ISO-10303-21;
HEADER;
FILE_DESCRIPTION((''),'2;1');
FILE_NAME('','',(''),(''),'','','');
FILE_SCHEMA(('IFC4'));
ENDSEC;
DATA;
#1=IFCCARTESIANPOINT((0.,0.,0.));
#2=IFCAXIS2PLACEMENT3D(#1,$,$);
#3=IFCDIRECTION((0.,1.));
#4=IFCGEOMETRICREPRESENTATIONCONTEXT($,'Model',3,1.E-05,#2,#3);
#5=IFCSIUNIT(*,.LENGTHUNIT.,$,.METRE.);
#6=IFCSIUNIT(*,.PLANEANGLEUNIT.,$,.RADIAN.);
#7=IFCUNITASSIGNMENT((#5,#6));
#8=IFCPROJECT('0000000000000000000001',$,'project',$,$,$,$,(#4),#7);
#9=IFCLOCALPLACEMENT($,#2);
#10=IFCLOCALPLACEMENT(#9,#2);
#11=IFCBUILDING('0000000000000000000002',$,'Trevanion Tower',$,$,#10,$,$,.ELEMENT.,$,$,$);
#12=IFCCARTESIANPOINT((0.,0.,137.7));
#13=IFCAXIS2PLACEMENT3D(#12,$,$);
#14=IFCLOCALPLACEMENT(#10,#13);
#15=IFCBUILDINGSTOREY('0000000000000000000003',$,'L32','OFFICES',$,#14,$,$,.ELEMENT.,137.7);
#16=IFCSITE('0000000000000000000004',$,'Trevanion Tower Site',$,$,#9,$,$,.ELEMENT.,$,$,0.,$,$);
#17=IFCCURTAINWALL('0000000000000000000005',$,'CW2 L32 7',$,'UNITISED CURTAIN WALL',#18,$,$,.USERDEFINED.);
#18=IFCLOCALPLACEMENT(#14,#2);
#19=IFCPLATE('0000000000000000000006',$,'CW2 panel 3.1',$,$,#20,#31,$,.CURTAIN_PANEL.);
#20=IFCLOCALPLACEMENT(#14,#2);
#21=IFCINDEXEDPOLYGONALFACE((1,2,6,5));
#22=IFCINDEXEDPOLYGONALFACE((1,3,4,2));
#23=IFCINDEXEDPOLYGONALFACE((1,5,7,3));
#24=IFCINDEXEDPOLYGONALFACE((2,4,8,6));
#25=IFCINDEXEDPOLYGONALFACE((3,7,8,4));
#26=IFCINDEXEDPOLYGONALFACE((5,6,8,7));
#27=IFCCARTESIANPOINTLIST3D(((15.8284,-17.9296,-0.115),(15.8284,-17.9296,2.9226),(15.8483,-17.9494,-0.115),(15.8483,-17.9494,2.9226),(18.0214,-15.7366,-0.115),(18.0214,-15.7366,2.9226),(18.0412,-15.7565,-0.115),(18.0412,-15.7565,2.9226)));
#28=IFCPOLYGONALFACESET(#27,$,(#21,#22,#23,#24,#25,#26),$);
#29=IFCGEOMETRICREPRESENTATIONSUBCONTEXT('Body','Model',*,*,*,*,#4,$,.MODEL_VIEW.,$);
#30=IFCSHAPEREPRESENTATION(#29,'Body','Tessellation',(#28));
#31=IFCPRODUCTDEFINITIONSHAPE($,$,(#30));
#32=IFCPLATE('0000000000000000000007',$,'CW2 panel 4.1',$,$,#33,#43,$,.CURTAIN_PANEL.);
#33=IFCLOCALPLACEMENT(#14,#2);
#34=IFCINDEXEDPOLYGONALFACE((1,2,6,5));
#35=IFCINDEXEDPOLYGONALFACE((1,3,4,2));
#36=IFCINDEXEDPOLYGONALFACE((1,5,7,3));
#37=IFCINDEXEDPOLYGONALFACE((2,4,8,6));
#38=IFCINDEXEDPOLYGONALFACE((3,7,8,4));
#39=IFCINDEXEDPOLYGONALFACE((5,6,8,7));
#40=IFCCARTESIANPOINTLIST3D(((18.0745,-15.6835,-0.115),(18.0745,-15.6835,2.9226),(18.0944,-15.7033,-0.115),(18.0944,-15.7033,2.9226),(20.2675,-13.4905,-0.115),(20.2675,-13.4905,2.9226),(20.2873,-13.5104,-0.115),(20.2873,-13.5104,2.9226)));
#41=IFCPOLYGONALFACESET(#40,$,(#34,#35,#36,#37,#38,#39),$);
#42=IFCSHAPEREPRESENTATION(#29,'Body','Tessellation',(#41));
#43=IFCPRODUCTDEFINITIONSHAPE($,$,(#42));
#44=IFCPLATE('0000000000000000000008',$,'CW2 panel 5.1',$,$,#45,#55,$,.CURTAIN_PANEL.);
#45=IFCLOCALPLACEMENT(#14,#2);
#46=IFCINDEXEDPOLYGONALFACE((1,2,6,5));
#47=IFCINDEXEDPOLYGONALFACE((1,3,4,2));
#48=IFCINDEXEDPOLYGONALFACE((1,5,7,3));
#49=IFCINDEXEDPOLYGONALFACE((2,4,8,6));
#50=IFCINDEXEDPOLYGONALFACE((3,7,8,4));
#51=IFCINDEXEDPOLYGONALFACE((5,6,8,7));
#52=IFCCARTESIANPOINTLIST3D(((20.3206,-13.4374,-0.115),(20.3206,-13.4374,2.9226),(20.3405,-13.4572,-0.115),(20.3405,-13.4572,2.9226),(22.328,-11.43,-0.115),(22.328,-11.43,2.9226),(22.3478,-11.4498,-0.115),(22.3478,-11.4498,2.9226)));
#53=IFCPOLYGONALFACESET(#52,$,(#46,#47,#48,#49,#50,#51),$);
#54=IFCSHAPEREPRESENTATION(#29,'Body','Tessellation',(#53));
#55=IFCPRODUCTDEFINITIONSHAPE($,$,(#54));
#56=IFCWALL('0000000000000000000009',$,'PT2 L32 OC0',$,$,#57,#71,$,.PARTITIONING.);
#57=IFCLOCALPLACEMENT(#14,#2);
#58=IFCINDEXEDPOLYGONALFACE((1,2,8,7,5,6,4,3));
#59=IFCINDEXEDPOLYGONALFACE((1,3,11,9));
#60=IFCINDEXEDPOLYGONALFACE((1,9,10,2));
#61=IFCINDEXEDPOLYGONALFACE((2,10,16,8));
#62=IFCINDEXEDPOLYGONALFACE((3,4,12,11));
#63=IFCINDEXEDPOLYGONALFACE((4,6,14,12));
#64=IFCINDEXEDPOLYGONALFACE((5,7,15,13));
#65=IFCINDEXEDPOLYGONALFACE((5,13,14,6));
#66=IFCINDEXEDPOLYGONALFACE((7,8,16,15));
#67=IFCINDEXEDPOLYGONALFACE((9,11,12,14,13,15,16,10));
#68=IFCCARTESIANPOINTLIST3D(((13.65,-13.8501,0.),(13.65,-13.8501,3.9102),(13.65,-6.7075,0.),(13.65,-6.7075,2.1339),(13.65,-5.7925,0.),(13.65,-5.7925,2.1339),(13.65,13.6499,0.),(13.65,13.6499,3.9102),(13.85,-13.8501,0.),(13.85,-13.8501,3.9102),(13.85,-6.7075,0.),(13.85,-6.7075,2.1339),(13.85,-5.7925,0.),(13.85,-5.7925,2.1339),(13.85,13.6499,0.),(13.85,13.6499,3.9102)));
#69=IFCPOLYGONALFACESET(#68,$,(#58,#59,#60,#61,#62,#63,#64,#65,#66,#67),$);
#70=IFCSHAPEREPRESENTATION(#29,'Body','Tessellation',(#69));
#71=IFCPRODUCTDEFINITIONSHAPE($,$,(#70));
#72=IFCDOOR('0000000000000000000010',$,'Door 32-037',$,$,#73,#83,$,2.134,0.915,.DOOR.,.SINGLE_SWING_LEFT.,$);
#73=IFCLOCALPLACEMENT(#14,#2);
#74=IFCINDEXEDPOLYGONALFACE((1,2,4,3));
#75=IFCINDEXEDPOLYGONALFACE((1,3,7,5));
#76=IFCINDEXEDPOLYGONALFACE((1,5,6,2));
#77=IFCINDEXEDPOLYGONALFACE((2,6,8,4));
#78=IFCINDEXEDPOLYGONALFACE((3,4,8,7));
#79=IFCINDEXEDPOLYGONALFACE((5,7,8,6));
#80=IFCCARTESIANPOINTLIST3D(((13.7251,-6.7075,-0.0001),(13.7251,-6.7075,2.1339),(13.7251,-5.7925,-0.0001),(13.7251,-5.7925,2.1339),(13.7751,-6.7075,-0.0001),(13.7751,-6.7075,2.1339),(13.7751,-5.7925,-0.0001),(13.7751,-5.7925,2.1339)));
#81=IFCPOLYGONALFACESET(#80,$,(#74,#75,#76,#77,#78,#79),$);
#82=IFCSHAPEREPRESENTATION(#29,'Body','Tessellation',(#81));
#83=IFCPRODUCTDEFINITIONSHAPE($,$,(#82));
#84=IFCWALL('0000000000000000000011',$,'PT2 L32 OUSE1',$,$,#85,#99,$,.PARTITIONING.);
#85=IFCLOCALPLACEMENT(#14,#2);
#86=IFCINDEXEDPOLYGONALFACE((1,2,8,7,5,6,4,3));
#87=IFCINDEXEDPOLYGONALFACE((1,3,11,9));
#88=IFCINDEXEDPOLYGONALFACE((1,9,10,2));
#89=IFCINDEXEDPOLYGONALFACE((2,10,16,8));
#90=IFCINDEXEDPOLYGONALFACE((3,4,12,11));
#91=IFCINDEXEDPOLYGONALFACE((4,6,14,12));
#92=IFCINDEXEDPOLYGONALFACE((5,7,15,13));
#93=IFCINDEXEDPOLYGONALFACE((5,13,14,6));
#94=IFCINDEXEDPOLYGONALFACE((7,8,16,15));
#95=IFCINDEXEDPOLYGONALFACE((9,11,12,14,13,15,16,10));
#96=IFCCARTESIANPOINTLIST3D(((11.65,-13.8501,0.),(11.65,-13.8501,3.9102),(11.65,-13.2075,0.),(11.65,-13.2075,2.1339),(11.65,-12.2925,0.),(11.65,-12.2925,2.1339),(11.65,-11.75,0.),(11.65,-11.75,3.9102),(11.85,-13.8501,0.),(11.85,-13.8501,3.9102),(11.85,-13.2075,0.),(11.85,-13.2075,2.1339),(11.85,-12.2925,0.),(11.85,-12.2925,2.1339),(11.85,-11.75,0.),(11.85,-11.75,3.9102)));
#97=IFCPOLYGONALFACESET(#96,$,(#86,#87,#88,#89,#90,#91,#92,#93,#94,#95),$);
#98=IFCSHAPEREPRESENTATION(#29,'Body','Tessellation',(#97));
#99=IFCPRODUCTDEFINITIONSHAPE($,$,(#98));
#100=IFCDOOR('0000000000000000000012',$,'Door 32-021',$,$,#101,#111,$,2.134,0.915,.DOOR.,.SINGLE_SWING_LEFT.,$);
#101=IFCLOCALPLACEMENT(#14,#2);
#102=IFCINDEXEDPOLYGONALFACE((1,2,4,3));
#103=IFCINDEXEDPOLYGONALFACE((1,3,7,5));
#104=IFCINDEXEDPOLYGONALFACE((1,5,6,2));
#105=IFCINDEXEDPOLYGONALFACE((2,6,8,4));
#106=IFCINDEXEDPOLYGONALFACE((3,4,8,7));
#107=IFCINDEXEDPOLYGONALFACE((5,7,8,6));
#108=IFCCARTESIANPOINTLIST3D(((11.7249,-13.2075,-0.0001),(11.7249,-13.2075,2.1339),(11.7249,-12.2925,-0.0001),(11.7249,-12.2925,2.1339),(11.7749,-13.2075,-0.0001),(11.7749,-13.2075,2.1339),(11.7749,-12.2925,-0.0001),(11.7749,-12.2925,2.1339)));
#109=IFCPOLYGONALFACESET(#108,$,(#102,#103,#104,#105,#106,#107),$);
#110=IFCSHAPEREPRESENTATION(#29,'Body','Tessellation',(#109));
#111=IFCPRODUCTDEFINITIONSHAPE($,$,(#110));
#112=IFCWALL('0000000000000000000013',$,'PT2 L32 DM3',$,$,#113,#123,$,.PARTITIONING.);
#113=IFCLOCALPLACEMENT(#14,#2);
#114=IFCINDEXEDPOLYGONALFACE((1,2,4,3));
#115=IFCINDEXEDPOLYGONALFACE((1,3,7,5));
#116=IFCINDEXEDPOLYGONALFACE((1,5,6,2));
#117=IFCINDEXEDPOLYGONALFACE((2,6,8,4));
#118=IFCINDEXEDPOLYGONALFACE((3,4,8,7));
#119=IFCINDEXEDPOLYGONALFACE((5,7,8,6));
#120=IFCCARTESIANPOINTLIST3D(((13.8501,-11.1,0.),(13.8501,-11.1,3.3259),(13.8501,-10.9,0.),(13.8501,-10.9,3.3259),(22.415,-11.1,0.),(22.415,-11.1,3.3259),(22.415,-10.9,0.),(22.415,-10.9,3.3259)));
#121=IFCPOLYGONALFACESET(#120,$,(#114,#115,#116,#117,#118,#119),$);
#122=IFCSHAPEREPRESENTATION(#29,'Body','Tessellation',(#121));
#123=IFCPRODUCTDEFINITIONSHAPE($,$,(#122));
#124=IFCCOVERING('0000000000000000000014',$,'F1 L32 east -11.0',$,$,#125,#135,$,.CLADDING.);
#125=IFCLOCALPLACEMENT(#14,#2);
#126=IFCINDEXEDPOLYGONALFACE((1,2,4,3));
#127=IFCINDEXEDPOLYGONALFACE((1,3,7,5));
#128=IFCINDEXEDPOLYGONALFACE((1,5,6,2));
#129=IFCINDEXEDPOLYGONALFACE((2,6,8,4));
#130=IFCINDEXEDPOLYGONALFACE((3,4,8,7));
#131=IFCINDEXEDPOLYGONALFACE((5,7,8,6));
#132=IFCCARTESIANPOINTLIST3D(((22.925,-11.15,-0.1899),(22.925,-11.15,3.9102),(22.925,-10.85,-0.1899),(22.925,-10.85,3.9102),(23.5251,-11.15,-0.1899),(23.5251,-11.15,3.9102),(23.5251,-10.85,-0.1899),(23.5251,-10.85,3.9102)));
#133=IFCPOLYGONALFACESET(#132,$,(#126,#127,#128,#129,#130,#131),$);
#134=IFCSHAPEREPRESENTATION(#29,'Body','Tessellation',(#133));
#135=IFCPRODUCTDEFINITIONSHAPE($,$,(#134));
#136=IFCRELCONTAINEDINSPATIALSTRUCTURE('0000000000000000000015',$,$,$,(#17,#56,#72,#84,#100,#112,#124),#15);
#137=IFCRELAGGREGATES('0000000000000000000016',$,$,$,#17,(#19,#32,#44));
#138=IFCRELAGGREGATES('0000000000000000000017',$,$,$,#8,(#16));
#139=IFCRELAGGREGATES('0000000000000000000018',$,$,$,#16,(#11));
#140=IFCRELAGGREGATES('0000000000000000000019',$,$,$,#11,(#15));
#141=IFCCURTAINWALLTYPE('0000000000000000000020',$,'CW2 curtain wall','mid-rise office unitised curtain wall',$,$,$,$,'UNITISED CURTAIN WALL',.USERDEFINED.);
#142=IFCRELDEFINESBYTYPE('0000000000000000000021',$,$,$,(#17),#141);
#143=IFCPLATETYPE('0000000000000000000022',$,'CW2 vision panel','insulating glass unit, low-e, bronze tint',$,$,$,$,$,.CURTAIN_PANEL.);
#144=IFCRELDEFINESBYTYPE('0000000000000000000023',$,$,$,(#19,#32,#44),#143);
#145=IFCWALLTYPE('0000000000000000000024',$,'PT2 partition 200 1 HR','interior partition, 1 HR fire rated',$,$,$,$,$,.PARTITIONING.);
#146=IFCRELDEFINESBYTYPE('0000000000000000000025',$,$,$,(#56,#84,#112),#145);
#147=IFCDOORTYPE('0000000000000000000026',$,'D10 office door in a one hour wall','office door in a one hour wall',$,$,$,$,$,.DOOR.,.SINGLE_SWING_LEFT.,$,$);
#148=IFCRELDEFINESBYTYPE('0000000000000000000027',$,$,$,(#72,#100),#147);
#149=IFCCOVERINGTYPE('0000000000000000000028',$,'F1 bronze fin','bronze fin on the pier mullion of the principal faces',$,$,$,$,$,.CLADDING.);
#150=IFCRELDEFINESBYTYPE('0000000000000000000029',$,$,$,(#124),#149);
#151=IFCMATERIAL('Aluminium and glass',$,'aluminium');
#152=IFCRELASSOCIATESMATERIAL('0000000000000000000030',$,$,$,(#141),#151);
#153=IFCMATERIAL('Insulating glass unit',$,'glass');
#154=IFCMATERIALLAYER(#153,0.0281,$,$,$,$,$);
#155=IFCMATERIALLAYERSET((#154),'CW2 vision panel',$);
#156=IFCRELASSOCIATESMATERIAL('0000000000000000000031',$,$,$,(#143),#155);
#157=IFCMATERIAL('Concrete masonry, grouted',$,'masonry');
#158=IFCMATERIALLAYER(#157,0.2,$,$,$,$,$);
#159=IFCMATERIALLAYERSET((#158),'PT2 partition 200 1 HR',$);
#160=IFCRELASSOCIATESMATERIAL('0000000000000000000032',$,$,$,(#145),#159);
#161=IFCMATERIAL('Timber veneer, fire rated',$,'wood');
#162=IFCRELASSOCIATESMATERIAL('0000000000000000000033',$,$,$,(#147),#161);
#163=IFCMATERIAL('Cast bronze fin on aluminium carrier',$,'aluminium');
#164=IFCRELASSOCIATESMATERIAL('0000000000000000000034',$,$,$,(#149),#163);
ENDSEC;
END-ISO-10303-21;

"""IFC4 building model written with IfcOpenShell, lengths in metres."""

from ifc_helpers import new_model, si_unit, direction, frame, frame_2d, origin, origin_2d, place, context, subcontext, project, spatial, rectangle, extrude, material, layer, layer_set, type_object, element, fill, aggregate, save


model = new_model("IFC4")

# Units and contexts
model_context = context("Model", 3, precision=1e-05, world=origin(), true_north=direction((0.0, 1.0)))
body_context = subcontext(model_context, "Body", "Model", "MODEL_VIEW")
ifc_project = project(units=[si_unit("LENGTHUNIT", "METRE"), si_unit("PLANEANGLEUNIT", "RADIAN")], contexts=[model_context])

# Site, building, storey
site_placement = place(None, origin())
site = spatial("IfcSite", under=ifc_project, at=site_placement, Name="Trevanion Tower Site", CompositionType="ELEMENT", RefElevation=0.0)
building_placement = place(site_placement, origin())
building = spatial("IfcBuilding", under=site, at=building_placement, Name="Trevanion Tower", CompositionType="ELEMENT")
storey_placement = place(building_placement, frame((0.0, 0.0, 137.7)))
storey = spatial("IfcBuildingStorey", under=building, at=storey_placement, Name="L32", Description="OFFICES", CompositionType="ELEMENT", Elevation=137.7)

# Curtain wall
ifc_material_1 = material(Name="Aluminium and glass", Category="aluminium")
curtain_wall_type = type_object("IfcCurtainWallType", Name="CW2 curtain wall", Description="mid-rise office unitised curtain wall", ElementType="UNITISED CURTAIN WALL", PredefinedType="USERDEFINED", material=ifc_material_1)
curtain_wall_placement = place(storey_placement, origin())
curtain_wall = element("IfcCurtainWall", 1, at=curtain_wall_placement, inside=storey, type_object=curtain_wall_type, Name="CW2 L32 7", ObjectType="UNITISED CURTAIN WALL", PredefinedType="USERDEFINED")

# Plates
ifc_material_2 = material(Name="Insulating glass unit", Category="glass")
ifc_layer_1 = layer(ifc_material_2, 0.0281)
ifc_layer_set_1 = layer_set([ifc_layer_1], Name="CW2 vision panel")
plate_type_1 = type_object("IfcPlateType", Name="CW2 vision panel", Description="insulating glass unit, low-e, bronze tint", PredefinedType="CURTAIN_PANEL", material=ifc_layer_set_1)
plate_1_placement = place(storey_placement, frame((16.9348, -16.843, -0.115), z_axis=(0.0, 0.0, 1.0), x_axis=(0.707107, 0.707107, 0.0)))
plate_1 = element("IfcPlate", 2, at=plate_1_placement, type_object=plate_type_1, Name="CW2 panel 3.1", PredefinedType="CURTAIN_PANEL", context=body_context, shape_type="SweptSolid", body=[
    extrude(rectangle(XDim=3.1013, YDim=0.0281, at=origin_2d()), origin(), (0.0, 0.0, 1.0), 3.0376),
])
plate_2_placement = place(storey_placement, frame((19.1809, -14.5969, -0.115), z_axis=(0.0, 0.0, 1.0), x_axis=(0.707107, 0.707107, 0.0)))
plate_2 = element("IfcPlate", 3, at=plate_2_placement, type_object=plate_type_1, Name="CW2 panel 4.1", PredefinedType="CURTAIN_PANEL", context=body_context, shape_type="SweptSolid", body=[
    extrude(rectangle(XDim=3.1013, YDim=0.0281, at=origin_2d()), origin(), (0.0, 0.0, 1.0), 3.0376),
])
plate_3_placement = place(storey_placement, frame((21.3342, -12.4436, -0.115), z_axis=(0.0, 0.0, 1.0), x_axis=(0.707107, 0.707107, 0.0)))
plate_3 = element("IfcPlate", 4, at=plate_3_placement, type_object=plate_type_1, Name="CW2 panel 5.1", PredefinedType="CURTAIN_PANEL", context=body_context, shape_type="SweptSolid", body=[
    extrude(rectangle(XDim=2.8389, YDim=0.0281, at=origin_2d()), origin(), (0.0, 0.0, 1.0), 3.0376),
])
aggregate(curtain_wall, [plate_1, plate_2, plate_3])

# Walls, openings, doors
ifc_material_3 = material(Name="Concrete masonry, grouted", Category="masonry")
ifc_layer_2 = layer(ifc_material_3, 0.2)
ifc_layer_set_2 = layer_set([ifc_layer_2], Name="PT2 partition 200 1 HR")
wall_type = type_object("IfcWallType", Name="PT2 partition 200 1 HR", Description="interior partition, 1 HR fire rated", PredefinedType="PARTITIONING", material=ifc_layer_set_2)
wall_1_placement = place(storey_placement, frame((13.75, -13.8501, 0.0), z_axis=(0.0, 0.0, 1.0), x_axis=(0.0, 1.0, 0.0)))
wall_1 = element("IfcWall", 5, at=wall_1_placement, inside=storey, type_object=wall_type, Name="PT2 L32 OC0", PredefinedType="PARTITIONING", context=body_context, shape_type="SweptSolid", body=[
    extrude(rectangle(XDim=27.5, YDim=0.2, at=frame_2d((13.75, 0.0))), origin(), (0.0, 0.0, 1.0), 3.9102),
])
opening_1_placement = place(wall_1_placement, frame((7.1426, 0.0, 0.0)))
opening_1 = element("IfcOpeningElement", 6, at=opening_1_placement, cuts=wall_1, PredefinedType="OPENING", context=body_context, shape_type="SweptSolid", body=[
    extrude(rectangle(XDim=0.915, YDim=2.134, at=frame_2d((0.4575, 1.0669))), frame((0.0, 0.1099, 0.0), z_axis=(0.0, -1.0, 0.0), x_axis=(1.0, 0.0, 0.0)), (0.0, 0.0, 1.0), 0.22),
])
ifc_material_4 = material(Name="Timber veneer, fire rated", Category="wood")
door_type = type_object("IfcDoorType", Name="D10 office door in a one hour wall", Description="office door in a one hour wall", OperationType="SINGLE_SWING_LEFT", PredefinedType="DOOR", material=ifc_material_4)
door_1_placement = place(opening_1_placement, origin())
door_1 = element("IfcDoor", 7, at=door_1_placement, inside=storey, type_object=door_type, Name="Door 32-037", OperationType="SINGLE_SWING_LEFT", OverallHeight=2.134, OverallWidth=0.915, PredefinedType="DOOR", context=body_context, shape_type="SweptSolid", body=[
    extrude(rectangle(XDim=0.915, YDim=2.134, at=frame_2d((0.4575, 1.0669))), frame((0.0, 0.0249, 0.0), z_axis=(0.0, -1.0, 0.0), x_axis=(1.0, 0.0, 0.0)), (0.0, 0.0, 1.0), 0.05),
])
fill(opening_1, door_1)
wall_2_placement = place(storey_placement, frame((11.75, -11.75, 0.0), z_axis=(0.0, 0.0, 1.0), x_axis=(0.0, -1.0, 0.0)))
wall_2 = element("IfcWall", 8, at=wall_2_placement, inside=storey, type_object=wall_type, Name="PT2 L32 OUSE1", PredefinedType="PARTITIONING", context=body_context, shape_type="SweptSolid", body=[
    extrude(rectangle(XDim=2.1001, YDim=0.2, at=frame_2d((1.05, 0.0))), origin(), (0.0, 0.0, 1.0), 3.9102),
])
opening_2_placement = place(wall_2_placement, frame((0.5425, 0.0, 0.0)))
opening_2 = element("IfcOpeningElement", 9, at=opening_2_placement, cuts=wall_2, PredefinedType="OPENING", context=body_context, shape_type="SweptSolid", body=[
    extrude(rectangle(XDim=0.915, YDim=2.134, at=frame_2d((0.4575, 1.0669))), frame((0.0, 0.1099, 0.0), z_axis=(0.0, -1.0, 0.0), x_axis=(1.0, 0.0, 0.0)), (0.0, 0.0, 1.0), 0.22),
])
door_2_placement = place(opening_2_placement, origin())
door_2 = element("IfcDoor", 10, at=door_2_placement, inside=storey, type_object=door_type, Name="Door 32-021", OperationType="SINGLE_SWING_LEFT", OverallHeight=2.134, OverallWidth=0.915, PredefinedType="DOOR", context=body_context, shape_type="SweptSolid", body=[
    extrude(rectangle(XDim=0.915, YDim=2.134, at=frame_2d((0.4575, 1.0669))), frame((0.0, 0.0249, 0.0), z_axis=(0.0, -1.0, 0.0), x_axis=(1.0, 0.0, 0.0)), (0.0, 0.0, 1.0), 0.05),
])
fill(opening_2, door_2)

# Wall
wall_3_placement = place(storey_placement, frame((13.8501, -11.0, 0.0), z_axis=(0.0, 0.0, 1.0), x_axis=(1.0, 0.0, 0.0)))
element("IfcWall", 11, at=wall_3_placement, inside=storey, type_object=wall_type, Name="PT2 L32 DM3", PredefinedType="PARTITIONING", context=body_context, shape_type="SweptSolid", body=[
    extrude(rectangle(XDim=8.5649, YDim=0.2, at=frame_2d((4.2825, 0.0))), origin(), (0.0, 0.0, 1.0), 3.3259),
])

# Covering
ifc_material_5 = material(Name="Cast bronze fin on aluminium carrier", Category="aluminium")
covering_type = type_object("IfcCoveringType", Name="F1 bronze fin", Description="bronze fin on the pier mullion of the principal faces", PredefinedType="CLADDING", material=ifc_material_5)
covering_placement = place(storey_placement, frame((23.2251, -11.0, -0.1899), z_axis=(0.0, 0.0, 1.0), x_axis=(0.0, 1.0, 0.0)))
element("IfcCovering", 12, at=covering_placement, inside=storey, type_object=covering_type, Name="F1 L32 east -11.0", PredefinedType="CLADDING", context=body_context, shape_type="SweptSolid", body=[
    extrude(rectangle(XDim=0.3, YDim=0.6001, at=origin_2d()), origin(), (0.0, 0.0, 1.0), 4.1001),
])

save(model, "model.ifc")
